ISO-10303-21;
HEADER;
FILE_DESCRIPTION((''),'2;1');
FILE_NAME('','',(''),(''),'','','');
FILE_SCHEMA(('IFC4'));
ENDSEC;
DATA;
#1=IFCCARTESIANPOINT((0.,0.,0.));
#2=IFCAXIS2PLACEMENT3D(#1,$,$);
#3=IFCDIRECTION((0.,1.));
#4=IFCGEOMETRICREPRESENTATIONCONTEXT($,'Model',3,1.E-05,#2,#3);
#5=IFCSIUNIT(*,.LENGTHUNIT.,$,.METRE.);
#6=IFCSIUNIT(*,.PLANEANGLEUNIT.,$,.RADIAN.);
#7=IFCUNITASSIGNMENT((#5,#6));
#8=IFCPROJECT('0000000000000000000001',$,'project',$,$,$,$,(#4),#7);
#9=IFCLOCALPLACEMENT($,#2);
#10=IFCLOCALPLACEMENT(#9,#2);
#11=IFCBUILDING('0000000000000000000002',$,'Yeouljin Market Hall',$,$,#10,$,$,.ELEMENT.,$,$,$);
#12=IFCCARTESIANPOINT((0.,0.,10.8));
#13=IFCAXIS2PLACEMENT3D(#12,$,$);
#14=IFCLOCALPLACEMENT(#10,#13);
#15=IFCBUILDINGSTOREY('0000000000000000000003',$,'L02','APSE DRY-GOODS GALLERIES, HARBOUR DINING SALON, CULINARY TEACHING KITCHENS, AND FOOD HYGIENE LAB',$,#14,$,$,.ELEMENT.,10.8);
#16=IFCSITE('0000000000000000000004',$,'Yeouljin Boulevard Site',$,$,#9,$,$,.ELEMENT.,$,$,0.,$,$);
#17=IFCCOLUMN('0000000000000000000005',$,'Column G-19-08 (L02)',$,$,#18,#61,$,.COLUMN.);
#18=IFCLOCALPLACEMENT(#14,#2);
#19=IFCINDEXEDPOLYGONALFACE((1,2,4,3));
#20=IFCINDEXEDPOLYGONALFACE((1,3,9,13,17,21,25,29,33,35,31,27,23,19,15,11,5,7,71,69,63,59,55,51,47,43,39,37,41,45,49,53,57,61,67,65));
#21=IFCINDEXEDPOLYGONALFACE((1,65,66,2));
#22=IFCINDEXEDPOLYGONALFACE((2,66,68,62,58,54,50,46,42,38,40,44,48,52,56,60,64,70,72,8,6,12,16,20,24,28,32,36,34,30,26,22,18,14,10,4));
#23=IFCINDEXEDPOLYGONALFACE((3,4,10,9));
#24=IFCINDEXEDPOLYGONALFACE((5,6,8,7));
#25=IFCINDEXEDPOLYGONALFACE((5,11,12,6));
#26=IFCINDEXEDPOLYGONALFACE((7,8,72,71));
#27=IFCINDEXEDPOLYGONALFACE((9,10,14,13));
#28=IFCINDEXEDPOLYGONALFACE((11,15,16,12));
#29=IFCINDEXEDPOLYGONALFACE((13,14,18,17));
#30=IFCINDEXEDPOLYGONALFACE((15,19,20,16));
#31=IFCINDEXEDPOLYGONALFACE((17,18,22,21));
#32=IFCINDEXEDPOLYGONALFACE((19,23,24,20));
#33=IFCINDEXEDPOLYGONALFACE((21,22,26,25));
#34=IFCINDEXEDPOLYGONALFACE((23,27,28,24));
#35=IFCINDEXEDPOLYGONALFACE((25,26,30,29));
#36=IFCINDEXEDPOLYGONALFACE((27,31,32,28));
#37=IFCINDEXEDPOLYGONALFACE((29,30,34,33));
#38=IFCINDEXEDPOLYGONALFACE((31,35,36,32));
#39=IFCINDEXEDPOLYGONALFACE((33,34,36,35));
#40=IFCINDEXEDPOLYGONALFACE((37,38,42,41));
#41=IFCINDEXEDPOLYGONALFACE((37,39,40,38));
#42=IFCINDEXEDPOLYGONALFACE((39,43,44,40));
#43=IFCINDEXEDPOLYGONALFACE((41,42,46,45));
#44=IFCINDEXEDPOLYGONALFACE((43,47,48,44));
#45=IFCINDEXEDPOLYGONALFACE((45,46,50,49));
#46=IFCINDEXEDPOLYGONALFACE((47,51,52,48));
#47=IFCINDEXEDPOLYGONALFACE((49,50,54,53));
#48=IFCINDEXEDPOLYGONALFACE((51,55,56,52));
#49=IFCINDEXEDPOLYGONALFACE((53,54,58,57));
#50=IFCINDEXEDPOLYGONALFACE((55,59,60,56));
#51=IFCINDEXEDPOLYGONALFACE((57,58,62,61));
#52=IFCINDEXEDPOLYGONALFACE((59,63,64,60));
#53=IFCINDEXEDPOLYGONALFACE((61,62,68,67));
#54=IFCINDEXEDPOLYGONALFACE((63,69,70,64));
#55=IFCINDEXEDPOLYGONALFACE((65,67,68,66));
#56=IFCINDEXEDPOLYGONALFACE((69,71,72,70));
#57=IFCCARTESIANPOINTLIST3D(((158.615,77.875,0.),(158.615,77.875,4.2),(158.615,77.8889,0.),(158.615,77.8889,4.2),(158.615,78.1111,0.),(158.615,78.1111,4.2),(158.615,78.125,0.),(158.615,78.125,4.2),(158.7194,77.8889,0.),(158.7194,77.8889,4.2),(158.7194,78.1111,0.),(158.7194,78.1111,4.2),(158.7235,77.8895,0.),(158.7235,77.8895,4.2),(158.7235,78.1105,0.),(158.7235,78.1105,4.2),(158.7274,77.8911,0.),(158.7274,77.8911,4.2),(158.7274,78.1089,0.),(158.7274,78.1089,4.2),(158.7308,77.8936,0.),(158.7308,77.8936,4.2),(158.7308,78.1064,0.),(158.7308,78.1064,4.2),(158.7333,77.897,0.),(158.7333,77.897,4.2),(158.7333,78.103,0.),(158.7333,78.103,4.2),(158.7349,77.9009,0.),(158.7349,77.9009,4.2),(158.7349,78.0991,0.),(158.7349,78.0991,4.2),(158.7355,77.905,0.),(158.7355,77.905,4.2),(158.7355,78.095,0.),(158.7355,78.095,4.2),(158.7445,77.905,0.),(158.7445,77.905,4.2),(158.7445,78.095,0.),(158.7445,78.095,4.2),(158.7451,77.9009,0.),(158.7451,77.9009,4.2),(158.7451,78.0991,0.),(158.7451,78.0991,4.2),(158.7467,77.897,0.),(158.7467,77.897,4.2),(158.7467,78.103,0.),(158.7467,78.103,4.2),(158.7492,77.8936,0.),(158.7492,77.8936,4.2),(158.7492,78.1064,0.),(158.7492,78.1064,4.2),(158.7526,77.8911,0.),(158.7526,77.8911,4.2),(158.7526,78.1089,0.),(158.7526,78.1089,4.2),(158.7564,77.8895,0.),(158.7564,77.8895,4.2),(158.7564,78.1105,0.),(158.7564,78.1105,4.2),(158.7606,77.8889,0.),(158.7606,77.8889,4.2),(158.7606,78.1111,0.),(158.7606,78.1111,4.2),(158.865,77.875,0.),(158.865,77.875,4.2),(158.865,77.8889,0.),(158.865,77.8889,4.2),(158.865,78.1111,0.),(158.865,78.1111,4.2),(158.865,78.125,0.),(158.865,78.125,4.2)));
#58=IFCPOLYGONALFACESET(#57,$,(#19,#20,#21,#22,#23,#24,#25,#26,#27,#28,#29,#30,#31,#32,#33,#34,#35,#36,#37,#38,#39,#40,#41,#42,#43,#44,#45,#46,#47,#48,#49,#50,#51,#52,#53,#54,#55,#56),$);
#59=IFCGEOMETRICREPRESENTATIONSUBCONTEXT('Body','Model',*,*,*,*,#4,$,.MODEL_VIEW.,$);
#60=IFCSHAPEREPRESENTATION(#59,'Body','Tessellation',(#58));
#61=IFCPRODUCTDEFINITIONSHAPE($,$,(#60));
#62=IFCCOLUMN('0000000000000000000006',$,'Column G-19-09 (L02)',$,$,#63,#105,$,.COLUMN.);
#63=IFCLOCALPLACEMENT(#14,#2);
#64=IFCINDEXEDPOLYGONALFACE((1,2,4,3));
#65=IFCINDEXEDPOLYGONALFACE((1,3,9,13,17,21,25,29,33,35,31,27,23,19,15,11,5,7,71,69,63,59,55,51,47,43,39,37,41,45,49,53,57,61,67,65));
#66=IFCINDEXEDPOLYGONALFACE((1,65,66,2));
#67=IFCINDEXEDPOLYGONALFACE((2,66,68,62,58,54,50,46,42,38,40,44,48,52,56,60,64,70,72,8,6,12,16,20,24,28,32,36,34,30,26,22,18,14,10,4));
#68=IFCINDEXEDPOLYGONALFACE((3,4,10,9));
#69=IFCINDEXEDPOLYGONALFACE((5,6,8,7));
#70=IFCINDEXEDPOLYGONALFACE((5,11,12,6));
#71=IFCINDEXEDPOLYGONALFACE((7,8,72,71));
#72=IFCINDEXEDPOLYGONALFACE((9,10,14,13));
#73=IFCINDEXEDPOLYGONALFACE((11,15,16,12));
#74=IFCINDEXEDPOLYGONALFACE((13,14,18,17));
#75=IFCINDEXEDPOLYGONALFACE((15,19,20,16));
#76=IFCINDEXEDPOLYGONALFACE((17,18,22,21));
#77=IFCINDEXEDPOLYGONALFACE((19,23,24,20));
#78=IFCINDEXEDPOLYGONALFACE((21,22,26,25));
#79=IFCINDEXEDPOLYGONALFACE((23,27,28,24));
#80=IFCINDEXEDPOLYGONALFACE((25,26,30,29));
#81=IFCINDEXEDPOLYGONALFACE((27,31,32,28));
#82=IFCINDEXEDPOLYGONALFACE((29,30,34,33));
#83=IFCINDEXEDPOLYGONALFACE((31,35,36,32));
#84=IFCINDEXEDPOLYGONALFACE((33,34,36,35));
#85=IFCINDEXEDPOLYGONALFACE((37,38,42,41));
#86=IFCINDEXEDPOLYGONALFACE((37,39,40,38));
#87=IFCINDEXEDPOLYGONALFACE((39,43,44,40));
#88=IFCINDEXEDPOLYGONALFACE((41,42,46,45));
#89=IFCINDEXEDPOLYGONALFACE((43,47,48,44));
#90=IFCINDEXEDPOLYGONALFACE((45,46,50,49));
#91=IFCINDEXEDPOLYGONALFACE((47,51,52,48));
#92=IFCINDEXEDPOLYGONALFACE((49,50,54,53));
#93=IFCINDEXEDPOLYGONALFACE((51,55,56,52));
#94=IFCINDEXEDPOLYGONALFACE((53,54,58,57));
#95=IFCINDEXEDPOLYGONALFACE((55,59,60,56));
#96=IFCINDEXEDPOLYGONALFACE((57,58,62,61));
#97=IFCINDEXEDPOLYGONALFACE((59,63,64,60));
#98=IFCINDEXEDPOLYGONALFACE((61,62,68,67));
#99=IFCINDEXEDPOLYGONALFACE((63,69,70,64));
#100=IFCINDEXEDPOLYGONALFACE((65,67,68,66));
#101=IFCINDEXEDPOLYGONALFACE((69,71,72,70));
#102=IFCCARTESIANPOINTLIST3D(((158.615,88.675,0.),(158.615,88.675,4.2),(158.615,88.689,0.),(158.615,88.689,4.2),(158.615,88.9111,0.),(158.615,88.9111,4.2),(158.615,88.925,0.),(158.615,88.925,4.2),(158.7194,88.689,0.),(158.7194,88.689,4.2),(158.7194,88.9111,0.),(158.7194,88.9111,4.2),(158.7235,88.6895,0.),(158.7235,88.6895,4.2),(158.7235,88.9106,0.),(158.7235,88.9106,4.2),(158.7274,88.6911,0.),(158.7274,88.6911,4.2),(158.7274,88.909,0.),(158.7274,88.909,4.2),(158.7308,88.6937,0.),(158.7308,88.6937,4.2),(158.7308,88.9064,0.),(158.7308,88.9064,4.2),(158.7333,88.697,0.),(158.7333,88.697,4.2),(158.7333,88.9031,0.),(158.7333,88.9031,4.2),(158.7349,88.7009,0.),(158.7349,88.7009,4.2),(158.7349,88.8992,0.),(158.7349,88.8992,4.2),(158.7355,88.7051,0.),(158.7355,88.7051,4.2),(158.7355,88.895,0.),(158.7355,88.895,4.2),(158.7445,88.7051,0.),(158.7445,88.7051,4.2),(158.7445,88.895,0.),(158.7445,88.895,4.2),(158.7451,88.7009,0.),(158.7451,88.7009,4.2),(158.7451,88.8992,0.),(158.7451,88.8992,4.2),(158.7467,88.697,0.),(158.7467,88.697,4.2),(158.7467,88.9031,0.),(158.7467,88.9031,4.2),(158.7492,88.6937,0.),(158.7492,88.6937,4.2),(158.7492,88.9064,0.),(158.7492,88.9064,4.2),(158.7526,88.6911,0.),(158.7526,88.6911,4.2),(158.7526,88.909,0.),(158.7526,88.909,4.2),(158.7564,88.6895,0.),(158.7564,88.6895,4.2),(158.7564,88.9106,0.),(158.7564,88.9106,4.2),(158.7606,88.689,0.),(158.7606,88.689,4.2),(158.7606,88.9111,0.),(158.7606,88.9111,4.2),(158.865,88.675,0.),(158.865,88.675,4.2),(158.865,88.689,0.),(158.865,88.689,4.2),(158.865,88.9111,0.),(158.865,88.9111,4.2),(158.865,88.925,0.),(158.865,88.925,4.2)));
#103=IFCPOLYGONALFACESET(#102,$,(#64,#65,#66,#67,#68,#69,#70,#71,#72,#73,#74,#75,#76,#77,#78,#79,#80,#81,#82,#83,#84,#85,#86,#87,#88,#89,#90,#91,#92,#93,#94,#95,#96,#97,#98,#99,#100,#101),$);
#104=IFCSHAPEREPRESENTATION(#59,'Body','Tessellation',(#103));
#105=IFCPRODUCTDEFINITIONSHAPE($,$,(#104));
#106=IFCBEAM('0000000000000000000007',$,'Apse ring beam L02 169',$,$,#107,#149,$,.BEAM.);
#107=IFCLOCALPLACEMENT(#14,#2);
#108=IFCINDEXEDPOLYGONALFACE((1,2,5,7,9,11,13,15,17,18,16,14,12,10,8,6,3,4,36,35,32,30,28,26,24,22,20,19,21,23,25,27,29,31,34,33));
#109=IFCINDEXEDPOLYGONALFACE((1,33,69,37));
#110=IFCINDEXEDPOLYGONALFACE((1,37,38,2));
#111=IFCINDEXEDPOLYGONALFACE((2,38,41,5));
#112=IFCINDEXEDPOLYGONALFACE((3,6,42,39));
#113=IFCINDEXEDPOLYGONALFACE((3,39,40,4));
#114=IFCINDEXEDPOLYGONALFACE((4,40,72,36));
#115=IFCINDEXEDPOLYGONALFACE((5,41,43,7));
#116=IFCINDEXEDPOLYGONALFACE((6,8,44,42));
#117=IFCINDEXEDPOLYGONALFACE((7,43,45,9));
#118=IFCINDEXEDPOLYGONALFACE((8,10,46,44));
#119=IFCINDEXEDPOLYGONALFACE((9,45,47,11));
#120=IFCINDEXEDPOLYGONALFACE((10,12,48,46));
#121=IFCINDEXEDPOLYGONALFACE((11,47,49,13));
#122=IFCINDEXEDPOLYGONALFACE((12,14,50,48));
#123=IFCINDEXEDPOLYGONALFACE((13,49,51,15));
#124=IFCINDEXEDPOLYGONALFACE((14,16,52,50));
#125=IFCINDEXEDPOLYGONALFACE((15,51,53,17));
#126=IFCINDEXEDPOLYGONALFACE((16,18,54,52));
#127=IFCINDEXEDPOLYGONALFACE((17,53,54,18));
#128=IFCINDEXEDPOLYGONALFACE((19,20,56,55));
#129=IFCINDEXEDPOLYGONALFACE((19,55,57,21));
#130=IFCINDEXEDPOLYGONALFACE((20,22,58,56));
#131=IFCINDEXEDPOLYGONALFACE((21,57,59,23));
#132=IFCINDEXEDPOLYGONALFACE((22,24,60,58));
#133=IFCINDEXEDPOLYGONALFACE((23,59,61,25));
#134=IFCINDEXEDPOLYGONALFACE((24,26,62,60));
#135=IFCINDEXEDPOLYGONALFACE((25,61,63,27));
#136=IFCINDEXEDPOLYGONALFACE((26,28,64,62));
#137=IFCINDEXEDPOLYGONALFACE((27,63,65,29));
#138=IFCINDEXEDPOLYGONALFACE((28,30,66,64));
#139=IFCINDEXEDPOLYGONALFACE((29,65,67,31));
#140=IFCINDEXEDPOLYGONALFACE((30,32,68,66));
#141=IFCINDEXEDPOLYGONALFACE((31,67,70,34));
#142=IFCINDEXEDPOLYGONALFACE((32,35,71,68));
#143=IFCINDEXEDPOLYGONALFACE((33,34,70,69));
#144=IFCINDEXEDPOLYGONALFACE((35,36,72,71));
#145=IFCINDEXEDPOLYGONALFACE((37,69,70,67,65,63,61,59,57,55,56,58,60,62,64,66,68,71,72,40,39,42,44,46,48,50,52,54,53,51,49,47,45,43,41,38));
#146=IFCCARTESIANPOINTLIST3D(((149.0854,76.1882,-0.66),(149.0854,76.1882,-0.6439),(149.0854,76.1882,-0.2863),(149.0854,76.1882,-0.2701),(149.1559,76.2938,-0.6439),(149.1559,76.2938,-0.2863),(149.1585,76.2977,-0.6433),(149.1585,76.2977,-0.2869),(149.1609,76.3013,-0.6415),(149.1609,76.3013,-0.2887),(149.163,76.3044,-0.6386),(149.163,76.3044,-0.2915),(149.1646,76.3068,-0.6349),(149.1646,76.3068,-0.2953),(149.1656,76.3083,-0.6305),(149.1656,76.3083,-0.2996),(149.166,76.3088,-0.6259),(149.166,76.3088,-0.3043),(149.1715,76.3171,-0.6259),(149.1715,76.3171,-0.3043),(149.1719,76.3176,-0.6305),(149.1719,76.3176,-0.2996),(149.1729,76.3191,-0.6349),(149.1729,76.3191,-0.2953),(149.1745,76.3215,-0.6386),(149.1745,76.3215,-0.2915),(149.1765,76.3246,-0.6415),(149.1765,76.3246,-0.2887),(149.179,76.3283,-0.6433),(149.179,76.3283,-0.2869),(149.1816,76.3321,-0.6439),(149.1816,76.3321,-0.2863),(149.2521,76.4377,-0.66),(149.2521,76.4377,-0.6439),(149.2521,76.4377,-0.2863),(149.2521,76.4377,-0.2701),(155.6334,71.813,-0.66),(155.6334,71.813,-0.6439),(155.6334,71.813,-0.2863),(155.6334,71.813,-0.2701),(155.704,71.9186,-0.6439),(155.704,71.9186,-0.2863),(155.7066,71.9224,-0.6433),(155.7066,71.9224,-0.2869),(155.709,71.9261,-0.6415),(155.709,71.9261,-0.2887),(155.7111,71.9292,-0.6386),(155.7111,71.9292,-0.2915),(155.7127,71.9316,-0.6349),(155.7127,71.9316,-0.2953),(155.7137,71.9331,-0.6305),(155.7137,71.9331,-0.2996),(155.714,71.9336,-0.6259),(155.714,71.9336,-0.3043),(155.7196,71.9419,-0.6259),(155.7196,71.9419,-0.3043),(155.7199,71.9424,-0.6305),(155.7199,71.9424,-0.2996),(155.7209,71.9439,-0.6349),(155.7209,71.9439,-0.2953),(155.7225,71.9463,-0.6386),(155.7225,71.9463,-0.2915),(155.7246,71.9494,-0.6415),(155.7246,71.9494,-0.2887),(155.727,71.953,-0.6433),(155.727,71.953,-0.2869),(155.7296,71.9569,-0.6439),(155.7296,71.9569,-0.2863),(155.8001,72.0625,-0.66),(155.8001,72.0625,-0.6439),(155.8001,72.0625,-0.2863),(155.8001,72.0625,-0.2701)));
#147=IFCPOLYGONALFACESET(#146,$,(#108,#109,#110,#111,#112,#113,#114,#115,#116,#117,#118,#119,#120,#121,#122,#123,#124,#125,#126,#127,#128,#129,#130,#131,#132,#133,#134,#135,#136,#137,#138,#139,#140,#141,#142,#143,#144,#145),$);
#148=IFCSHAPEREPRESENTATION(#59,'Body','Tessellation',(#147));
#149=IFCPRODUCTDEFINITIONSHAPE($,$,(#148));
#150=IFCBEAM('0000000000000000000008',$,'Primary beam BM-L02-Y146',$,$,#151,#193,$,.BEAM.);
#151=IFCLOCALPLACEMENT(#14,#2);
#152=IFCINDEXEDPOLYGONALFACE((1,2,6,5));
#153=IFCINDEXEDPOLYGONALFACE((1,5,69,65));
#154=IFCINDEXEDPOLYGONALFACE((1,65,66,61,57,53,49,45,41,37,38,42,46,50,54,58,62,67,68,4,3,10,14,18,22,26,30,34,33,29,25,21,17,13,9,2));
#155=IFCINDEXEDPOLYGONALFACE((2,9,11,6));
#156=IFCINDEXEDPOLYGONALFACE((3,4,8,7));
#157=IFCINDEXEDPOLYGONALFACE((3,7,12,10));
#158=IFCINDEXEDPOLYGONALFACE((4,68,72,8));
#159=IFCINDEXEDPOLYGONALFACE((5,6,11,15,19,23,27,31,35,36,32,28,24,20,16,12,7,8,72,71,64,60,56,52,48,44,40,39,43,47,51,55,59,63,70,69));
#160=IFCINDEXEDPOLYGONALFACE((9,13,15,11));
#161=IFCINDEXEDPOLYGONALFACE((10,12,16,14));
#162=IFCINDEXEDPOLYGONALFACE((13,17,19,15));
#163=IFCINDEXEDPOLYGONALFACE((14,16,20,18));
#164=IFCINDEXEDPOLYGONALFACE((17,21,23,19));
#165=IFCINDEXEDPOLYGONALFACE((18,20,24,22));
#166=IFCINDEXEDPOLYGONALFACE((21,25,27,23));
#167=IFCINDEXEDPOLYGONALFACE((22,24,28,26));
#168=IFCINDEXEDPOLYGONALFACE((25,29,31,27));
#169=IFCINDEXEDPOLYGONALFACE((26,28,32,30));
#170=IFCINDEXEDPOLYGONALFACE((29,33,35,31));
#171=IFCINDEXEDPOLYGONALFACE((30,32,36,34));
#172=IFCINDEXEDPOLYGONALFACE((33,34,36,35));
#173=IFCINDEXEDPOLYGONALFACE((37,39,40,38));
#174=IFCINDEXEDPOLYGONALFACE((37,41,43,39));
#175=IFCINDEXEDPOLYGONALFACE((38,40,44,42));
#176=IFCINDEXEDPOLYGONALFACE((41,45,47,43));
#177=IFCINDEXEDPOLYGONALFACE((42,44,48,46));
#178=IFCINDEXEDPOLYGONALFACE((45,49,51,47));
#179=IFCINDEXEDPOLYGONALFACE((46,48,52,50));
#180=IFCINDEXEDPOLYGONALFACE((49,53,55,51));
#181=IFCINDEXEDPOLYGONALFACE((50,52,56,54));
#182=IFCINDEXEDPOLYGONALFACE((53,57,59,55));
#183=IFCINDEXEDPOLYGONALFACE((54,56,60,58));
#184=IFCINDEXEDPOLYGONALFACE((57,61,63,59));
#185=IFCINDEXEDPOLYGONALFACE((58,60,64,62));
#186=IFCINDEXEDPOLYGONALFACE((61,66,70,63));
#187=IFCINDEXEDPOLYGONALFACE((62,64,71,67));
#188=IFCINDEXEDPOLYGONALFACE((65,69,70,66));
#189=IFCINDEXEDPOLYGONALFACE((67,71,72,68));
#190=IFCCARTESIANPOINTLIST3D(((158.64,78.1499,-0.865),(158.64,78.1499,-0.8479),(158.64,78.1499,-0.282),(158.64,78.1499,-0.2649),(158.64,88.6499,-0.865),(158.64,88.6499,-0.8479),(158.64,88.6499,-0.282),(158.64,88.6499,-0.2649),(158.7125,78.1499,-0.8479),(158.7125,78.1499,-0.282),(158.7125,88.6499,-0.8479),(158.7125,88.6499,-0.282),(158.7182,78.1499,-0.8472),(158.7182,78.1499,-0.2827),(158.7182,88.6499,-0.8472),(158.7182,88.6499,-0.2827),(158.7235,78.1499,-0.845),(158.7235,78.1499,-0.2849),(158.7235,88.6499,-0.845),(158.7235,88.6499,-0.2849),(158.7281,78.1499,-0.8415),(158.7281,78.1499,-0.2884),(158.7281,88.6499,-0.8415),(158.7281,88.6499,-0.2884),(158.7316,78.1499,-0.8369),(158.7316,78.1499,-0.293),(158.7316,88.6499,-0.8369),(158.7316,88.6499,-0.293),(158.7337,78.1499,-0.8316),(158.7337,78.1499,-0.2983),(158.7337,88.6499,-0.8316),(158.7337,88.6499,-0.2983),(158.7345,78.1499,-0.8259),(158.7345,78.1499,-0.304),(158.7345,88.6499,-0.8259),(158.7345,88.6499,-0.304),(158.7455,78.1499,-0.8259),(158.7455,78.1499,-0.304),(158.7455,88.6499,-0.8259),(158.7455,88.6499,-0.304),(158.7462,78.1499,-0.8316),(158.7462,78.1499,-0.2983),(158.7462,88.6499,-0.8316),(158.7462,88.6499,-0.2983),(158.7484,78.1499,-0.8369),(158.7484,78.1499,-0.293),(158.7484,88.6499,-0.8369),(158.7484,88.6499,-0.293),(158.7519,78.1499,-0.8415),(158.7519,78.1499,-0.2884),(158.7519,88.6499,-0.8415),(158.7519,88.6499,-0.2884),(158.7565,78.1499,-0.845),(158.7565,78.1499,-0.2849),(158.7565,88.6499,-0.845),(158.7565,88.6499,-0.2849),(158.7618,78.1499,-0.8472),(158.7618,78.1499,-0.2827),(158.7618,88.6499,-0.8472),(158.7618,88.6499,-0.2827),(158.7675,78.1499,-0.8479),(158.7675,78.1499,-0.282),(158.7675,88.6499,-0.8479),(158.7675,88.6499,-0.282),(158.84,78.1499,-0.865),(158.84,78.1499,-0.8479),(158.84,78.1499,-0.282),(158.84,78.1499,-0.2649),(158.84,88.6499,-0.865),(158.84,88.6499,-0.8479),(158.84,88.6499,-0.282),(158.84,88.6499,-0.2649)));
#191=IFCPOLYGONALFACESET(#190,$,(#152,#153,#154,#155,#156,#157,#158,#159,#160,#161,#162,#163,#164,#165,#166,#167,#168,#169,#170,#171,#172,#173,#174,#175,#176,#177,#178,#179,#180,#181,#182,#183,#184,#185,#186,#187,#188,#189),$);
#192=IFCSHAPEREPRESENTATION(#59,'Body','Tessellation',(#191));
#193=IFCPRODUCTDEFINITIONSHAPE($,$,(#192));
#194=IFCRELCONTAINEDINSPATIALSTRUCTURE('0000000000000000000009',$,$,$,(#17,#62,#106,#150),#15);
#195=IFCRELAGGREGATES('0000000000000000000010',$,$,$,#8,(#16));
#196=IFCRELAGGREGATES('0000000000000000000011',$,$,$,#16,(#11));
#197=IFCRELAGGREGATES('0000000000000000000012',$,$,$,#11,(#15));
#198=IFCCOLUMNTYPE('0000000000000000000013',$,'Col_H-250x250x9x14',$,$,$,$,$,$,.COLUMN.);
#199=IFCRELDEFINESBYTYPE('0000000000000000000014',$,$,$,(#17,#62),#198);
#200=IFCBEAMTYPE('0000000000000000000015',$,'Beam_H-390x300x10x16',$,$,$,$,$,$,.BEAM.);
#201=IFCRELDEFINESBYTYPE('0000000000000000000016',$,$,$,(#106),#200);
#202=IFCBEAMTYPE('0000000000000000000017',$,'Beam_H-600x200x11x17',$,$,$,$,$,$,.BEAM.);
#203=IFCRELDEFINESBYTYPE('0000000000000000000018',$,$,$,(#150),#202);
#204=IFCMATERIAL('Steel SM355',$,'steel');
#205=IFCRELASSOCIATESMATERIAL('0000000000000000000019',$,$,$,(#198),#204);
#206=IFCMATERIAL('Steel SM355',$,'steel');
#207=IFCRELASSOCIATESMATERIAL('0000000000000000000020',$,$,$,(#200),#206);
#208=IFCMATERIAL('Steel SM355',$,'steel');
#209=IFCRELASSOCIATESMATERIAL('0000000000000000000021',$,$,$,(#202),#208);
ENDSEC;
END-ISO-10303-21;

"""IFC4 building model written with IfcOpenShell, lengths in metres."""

from ifc_helpers import new_model, si_unit, direction, frame, origin, origin_2d, place, context, subcontext, project, spatial, i_section, extrude, material, material_profile, profile_set, type_object, element, save


model = new_model("IFC4")

# Units and contexts
model_context = context("Model", 3, precision=1e-05, world=origin(), true_north=direction((0.0, 1.0)))
body_context = subcontext(model_context, "Body", "Model", "MODEL_VIEW")
ifc_project = project(units=[si_unit("LENGTHUNIT", "METRE"), si_unit("PLANEANGLEUNIT", "RADIAN")], contexts=[model_context])

# Site, building, storey
site_placement = place(None, origin())
site = spatial("IfcSite", under=ifc_project, at=site_placement, Name="Yeouljin Boulevard Site", CompositionType="ELEMENT", RefElevation=0.0)
building_placement = place(site_placement, origin())
building = spatial("IfcBuilding", under=site, at=building_placement, Name="Yeouljin Market Hall", CompositionType="ELEMENT")
storey_placement = place(building_placement, frame((0.0, 0.0, 10.8)))
storey = spatial("IfcBuildingStorey", under=building, at=storey_placement, Name="L02", Description="APSE DRY-GOODS GALLERIES, HARBOUR DINING SALON, CULINARY TEACHING KITCHENS, AND FOOD HYGIENE LAB", CompositionType="ELEMENT", Elevation=10.8)

# Columns
ifc_material_1 = material(Name="Steel SM355", Category="steel")
ifc_material_profile_1 = material_profile(ifc_material_1, i_section(OverallWidth=0.25, OverallDepth=0.25, WebThickness=0.009, FlangeThickness=0.0139, FilletRadius=0.0161, at=origin_2d()), Name="H-250x250x9x14")
ifc_profile_set_1 = profile_set([ifc_material_profile_1], Name="Steel SM355")
column_type = type_object("IfcColumnType", Name="Col_H-250x250x9x14", PredefinedType="COLUMN", material=ifc_profile_set_1)
for number, where, z_axis, x_axis, name in (
    (1, (158.74, 78.0, 0.0), (0.0, 0.0, 1.0), (1.0, 0.0, 0.0), "Column G-19-08 (L02)"),
    (2, (158.74, 88.8, 0.0), (0.0, 0.0, 1.0), (1.0, 0.0, 0.0), "Column G-19-09 (L02)"),
):
    element("IfcColumn", number, at=place(storey_placement, frame(where, z_axis=z_axis, x_axis=x_axis)), inside=storey, type_object=column_type, Name=name, PredefinedType="COLUMN", context=body_context, shape_type="SweptSolid", body=[
        extrude(i_section(OverallWidth=0.25, OverallDepth=0.25, WebThickness=0.009, FlangeThickness=0.0139, FilletRadius=0.0161, at=origin_2d()), origin(), (0.0, 0.0, 1.0), 4.2),
    ])

# Beams
ifc_material_2 = material(Name="Steel SM355", Category="steel")
ifc_material_profile_2 = material_profile(ifc_material_2, i_section(OverallWidth=0.3, OverallDepth=0.3899, WebThickness=0.01, FlangeThickness=0.0161, FilletRadius=0.0181, at=origin_2d()), Name="H-390x300x10x16")
ifc_profile_set_2 = profile_set([ifc_material_profile_2], Name="Steel SM355")
beam_type_1 = type_object("IfcBeamType", Name="Beam_H-390x300x10x16", PredefinedType="BEAM", material=ifc_profile_set_2)
beam_1_placement = place(storey_placement, frame((155.7168, 71.9377, -0.4651), z_axis=(-0.831473, 0.555566, 0.0), x_axis=(-0.555566, -0.831473, 0.0)))
element("IfcBeam", 3, at=beam_1_placement, inside=storey, type_object=beam_type_1, Name="Apse ring beam L02 169", PredefinedType="BEAM", context=body_context, shape_type="SweptSolid", body=[
    extrude(i_section(OverallWidth=0.3, OverallDepth=0.3899, WebThickness=0.01, FlangeThickness=0.0161, FilletRadius=0.0181, at=origin_2d()), origin(), (0.0, 0.0, 1.0), 7.8752),
])
ifc_material_3 = material(Name="Steel SM355", Category="steel")
ifc_material_profile_3 = material_profile(ifc_material_3, i_section(OverallWidth=0.2, OverallDepth=0.6001, WebThickness=0.011, FlangeThickness=0.0171, FilletRadius=0.022, at=origin_2d()), Name="H-600x200x11x17")
ifc_profile_set_3 = profile_set([ifc_material_profile_3], Name="Steel SM355")
beam_type_2 = type_object("IfcBeamType", Name="Beam_H-600x200x11x17", PredefinedType="BEAM", material=ifc_profile_set_3)
beam_2_placement = place(storey_placement, frame((158.74, 78.1499, -0.5649), z_axis=(0.0, 1.0, 0.0), x_axis=(-1.0, 0.0, 0.0)))
element("IfcBeam", 4, at=beam_2_placement, inside=storey, type_object=beam_type_2, Name="Primary beam BM-L02-Y146", PredefinedType="BEAM", context=body_context, shape_type="SweptSolid", body=[
    extrude(i_section(OverallWidth=0.2, OverallDepth=0.6001, WebThickness=0.011, FlangeThickness=0.0171, FilletRadius=0.022, at=origin_2d()), origin(), (0.0, 0.0, 1.0), 10.5),
])

save(model, "model.ifc")
